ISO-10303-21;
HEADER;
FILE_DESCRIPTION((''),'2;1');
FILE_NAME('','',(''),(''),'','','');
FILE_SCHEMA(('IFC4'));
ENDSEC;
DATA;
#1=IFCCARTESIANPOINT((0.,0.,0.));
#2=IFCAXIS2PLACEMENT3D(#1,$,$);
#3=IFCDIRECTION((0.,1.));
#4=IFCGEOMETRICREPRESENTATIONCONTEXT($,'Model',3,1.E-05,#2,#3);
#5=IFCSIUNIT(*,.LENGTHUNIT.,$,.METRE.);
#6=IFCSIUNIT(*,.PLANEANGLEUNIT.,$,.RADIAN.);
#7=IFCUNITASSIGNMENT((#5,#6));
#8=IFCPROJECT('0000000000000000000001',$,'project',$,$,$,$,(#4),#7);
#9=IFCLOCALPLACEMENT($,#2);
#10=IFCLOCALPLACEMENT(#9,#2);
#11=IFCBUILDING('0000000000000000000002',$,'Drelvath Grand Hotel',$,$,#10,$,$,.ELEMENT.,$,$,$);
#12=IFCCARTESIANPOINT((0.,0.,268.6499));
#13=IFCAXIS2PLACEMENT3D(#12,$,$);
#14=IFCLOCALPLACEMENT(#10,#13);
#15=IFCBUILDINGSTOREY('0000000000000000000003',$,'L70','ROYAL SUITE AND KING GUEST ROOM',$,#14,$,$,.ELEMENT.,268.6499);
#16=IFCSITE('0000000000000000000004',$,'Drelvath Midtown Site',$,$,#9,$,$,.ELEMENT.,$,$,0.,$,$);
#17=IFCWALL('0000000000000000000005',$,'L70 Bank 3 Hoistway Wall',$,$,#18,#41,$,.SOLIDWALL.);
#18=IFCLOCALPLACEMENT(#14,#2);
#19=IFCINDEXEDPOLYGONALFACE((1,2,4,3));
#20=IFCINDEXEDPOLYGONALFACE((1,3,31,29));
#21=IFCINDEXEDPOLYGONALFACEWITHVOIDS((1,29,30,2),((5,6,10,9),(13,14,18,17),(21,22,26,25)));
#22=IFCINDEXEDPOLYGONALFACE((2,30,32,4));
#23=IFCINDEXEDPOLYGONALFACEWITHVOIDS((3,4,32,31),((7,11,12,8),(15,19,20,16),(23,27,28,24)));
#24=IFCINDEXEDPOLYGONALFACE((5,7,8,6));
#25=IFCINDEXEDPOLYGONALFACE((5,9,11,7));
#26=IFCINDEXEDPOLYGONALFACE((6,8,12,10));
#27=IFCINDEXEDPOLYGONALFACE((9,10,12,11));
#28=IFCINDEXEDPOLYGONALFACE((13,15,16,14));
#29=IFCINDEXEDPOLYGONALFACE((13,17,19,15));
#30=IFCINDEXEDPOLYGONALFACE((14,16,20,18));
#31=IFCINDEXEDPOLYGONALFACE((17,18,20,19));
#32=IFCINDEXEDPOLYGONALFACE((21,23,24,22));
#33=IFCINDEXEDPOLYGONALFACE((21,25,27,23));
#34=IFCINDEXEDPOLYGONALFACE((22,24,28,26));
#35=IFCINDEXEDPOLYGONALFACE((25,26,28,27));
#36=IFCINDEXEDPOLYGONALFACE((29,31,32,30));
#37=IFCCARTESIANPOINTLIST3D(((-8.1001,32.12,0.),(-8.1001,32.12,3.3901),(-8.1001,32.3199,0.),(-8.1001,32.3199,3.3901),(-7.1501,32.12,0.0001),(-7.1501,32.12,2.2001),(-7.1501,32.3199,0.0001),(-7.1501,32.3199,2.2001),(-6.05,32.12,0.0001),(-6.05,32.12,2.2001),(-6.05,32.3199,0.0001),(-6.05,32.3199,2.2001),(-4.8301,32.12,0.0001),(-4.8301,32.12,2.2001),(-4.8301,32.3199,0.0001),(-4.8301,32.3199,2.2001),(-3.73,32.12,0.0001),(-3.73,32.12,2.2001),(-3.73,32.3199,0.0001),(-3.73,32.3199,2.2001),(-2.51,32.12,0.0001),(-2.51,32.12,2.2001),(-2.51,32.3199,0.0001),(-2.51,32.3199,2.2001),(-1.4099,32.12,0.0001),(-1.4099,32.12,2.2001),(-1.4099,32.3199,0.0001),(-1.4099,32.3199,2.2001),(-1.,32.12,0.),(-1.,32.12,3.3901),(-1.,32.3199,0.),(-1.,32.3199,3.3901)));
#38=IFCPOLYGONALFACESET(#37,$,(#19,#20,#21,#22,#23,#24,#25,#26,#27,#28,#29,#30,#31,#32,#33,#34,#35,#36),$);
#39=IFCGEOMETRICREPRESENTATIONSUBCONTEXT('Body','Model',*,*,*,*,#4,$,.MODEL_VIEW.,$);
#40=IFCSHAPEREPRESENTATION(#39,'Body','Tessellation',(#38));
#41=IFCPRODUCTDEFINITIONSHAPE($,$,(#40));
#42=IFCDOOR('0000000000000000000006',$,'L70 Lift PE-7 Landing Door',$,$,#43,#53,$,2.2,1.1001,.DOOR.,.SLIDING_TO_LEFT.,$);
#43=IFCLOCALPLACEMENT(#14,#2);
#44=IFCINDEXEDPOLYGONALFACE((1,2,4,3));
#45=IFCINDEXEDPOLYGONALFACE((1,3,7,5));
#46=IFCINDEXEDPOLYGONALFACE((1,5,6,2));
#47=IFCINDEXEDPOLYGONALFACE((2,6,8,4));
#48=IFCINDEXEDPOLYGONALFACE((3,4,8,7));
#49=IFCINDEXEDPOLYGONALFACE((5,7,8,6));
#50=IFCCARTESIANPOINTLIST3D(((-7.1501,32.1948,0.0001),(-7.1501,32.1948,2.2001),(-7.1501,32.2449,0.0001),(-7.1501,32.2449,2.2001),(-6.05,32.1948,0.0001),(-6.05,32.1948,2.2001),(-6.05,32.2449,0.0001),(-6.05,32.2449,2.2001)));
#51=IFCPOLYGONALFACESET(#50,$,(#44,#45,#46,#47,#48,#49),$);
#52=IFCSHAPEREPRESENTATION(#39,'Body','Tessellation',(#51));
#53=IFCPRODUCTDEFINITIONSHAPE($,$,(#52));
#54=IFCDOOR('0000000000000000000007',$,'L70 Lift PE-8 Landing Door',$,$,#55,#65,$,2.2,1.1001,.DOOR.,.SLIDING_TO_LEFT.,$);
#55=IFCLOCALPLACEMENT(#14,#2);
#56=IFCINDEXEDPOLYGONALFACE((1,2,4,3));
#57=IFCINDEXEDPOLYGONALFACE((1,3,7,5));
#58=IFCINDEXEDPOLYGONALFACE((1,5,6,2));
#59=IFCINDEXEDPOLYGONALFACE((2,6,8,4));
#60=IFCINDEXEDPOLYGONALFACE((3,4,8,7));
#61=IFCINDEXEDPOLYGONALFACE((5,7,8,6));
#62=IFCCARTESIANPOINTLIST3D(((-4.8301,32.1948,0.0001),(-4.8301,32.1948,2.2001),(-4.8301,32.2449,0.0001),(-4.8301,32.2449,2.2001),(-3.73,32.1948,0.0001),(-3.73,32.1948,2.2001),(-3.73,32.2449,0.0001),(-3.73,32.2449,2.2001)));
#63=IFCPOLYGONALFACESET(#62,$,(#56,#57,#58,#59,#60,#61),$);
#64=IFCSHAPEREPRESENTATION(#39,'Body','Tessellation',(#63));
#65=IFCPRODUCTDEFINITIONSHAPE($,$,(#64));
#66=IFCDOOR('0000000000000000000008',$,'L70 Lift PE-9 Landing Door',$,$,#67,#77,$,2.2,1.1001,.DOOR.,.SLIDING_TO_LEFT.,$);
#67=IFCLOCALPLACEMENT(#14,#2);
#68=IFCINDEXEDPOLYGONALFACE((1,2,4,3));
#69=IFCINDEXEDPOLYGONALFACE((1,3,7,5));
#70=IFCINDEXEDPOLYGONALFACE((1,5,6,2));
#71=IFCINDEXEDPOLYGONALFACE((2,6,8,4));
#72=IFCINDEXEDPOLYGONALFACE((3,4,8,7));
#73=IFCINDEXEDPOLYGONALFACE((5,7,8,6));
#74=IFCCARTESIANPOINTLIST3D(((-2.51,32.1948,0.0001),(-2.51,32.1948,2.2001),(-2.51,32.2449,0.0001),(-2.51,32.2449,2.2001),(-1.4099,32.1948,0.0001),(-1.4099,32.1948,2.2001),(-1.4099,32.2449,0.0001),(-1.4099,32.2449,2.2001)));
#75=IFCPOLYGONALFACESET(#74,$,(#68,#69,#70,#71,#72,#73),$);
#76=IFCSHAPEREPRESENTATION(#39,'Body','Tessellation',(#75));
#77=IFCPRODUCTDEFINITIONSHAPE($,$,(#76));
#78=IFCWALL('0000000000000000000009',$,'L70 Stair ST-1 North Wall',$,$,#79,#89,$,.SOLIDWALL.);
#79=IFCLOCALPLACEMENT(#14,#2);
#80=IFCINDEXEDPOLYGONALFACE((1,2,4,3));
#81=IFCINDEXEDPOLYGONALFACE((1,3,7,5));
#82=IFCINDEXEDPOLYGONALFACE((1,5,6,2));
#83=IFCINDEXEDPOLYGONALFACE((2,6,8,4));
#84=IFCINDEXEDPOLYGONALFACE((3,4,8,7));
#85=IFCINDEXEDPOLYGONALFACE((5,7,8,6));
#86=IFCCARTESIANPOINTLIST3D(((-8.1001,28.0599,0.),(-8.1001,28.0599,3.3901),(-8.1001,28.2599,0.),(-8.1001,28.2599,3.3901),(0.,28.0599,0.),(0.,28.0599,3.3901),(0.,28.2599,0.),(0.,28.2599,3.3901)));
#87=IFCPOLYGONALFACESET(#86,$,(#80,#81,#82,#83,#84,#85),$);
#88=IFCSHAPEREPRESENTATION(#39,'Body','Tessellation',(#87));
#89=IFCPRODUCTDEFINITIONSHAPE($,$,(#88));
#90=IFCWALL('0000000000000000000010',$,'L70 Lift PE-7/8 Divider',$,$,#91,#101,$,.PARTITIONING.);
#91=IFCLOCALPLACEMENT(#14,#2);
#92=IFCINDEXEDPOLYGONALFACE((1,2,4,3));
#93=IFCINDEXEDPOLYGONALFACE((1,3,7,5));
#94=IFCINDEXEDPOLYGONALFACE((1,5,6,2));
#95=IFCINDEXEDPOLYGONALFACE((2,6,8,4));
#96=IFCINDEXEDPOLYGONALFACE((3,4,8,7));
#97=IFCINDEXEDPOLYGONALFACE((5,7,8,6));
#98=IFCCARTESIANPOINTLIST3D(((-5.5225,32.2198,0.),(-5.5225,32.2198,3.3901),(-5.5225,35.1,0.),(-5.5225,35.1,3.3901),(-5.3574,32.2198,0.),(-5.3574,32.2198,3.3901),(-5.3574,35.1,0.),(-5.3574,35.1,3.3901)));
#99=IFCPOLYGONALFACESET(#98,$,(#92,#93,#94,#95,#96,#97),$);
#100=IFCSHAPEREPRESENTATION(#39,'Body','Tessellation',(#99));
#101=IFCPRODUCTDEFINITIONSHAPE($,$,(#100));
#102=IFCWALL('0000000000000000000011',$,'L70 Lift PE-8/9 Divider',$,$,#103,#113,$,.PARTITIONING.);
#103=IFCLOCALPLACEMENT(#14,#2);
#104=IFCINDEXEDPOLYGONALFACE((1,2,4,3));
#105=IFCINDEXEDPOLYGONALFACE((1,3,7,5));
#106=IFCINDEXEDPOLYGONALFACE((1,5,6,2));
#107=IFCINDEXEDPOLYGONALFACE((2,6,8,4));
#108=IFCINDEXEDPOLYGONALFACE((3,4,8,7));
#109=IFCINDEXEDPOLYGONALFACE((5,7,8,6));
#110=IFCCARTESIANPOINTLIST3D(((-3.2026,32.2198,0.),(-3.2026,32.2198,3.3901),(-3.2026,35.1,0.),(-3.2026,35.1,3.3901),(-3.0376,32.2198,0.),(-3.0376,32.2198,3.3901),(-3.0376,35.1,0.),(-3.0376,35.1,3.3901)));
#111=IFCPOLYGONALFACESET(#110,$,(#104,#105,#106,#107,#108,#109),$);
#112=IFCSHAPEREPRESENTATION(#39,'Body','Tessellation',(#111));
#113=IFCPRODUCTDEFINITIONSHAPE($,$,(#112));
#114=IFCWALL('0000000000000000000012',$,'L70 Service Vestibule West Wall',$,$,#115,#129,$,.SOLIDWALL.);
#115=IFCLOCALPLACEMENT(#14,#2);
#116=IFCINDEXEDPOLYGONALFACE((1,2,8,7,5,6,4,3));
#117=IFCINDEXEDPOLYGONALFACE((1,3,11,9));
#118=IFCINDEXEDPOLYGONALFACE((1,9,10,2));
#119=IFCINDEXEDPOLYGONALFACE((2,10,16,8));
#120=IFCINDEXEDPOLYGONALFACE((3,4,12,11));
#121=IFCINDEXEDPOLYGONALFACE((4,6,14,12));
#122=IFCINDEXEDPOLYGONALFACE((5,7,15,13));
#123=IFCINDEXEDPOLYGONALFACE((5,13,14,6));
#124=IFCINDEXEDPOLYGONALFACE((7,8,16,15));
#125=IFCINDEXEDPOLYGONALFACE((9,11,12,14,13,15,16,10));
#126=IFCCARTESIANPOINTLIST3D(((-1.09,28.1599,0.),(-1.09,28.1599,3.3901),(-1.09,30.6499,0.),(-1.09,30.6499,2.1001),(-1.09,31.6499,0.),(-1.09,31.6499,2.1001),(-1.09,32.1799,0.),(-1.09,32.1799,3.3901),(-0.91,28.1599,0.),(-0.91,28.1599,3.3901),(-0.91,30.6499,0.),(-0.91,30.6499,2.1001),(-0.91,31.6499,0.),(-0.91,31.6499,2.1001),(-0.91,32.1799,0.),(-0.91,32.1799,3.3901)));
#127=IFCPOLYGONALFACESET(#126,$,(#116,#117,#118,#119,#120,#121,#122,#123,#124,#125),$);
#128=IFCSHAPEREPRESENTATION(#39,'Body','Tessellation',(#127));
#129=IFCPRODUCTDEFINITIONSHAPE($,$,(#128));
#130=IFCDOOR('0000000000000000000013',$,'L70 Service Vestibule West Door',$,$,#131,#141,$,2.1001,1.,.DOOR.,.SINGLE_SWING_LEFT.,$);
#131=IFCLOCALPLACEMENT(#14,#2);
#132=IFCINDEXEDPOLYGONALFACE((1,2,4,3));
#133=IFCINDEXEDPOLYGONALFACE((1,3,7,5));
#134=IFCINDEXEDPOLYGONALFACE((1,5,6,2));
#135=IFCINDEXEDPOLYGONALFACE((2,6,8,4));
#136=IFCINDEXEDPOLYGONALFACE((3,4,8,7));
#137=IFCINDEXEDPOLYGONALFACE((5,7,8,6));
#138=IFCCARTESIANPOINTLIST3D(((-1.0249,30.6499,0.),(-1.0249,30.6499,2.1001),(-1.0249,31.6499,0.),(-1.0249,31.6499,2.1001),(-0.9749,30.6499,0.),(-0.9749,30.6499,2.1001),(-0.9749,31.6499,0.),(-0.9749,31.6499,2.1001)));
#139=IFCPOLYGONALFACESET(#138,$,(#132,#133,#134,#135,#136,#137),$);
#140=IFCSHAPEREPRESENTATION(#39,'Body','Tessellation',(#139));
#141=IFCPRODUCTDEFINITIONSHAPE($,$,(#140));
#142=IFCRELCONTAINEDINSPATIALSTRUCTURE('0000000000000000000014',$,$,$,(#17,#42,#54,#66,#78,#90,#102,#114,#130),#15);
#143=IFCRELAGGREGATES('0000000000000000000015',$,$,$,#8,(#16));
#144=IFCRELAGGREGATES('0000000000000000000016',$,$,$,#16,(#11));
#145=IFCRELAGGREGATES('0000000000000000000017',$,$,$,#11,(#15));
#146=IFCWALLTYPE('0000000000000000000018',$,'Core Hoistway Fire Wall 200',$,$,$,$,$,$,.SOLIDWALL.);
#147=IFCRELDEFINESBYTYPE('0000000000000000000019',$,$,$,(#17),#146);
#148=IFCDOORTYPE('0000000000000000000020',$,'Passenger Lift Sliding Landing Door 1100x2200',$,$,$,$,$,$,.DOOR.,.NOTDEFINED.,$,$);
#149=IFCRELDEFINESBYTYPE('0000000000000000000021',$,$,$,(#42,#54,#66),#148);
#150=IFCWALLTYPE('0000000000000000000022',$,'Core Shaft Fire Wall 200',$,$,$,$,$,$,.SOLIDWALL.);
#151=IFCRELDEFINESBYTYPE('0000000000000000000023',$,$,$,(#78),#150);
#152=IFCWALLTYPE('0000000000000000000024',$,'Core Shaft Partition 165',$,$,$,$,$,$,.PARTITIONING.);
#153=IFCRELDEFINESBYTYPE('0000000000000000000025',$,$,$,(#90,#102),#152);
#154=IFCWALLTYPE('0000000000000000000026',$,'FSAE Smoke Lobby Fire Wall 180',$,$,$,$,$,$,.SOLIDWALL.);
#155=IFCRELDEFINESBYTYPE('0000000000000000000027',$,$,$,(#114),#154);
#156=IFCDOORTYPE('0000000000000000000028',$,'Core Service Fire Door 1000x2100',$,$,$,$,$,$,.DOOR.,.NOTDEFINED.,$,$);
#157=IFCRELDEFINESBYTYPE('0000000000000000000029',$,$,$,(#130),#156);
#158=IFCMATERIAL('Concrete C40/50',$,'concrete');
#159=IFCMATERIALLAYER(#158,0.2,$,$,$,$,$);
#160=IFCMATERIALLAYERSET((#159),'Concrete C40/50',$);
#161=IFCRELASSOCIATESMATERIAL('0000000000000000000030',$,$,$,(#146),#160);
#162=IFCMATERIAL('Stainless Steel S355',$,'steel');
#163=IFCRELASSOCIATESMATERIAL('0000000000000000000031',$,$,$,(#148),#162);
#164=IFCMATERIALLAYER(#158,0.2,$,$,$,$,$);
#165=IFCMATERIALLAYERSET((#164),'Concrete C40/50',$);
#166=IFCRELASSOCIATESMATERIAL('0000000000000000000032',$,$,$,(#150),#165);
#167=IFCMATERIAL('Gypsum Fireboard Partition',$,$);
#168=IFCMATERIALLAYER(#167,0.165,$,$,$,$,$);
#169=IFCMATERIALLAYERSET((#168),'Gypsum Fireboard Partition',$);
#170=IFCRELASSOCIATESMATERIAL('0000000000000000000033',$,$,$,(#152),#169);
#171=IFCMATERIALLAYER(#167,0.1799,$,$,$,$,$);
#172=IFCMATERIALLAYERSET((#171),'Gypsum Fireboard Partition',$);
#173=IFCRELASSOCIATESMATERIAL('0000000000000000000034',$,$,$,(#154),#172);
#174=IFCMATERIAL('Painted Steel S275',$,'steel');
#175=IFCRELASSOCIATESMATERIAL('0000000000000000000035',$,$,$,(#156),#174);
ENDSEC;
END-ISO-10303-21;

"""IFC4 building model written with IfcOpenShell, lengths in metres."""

from ifc_helpers import new_model, si_unit, direction, frame, frame_2d, origin, place, context, subcontext, project, spatial, rectangle, extrude, material, layer, layer_set, type_object, element, fill, save


model = new_model("IFC4")

# Units and contexts
model_context = context("Model", 3, precision=1e-05, world=origin(), true_north=direction((0.0, 1.0)))
body_context = subcontext(model_context, "Body", "Model", "MODEL_VIEW")
ifc_project = project(units=[si_unit("LENGTHUNIT", "METRE"), si_unit("PLANEANGLEUNIT", "RADIAN")], contexts=[model_context])

# Site, building, storey
site_placement = place(None, origin())
site = spatial("IfcSite", under=ifc_project, at=site_placement, Name="Drelvath Midtown Site", CompositionType="ELEMENT", RefElevation=0.0)
building_placement = place(site_placement, origin())
building = spatial("IfcBuilding", under=site, at=building_placement, Name="Drelvath Grand Hotel", CompositionType="ELEMENT")
storey_placement = place(building_placement, frame((0.0, 0.0, 268.6499)))
storey = spatial("IfcBuildingStorey", under=building, at=storey_placement, Name="L70", Description="ROYAL SUITE AND KING GUEST ROOM", CompositionType="ELEMENT", Elevation=268.6499)

# Shared definitions
ifc_material_1 = material(Name="Painted Steel S275", Category="steel")

# Shared definitions
ifc_material_2 = material(Name="Concrete C40/50", Category="concrete")
ifc_layer_1 = layer(ifc_material_2, 0.2)
ifc_layer_set_1 = layer_set([ifc_layer_1], Name="Concrete C40/50")
wall_type_1 = type_object("IfcWallType", Name="Core Hoistway Fire Wall 200", PredefinedType="SOLIDWALL", material=ifc_layer_set_1)
ifc_material_3 = material(Name="Stainless Steel S355", Category="steel")

# Wall, openings, doors
wall_1_placement = place(storey_placement, frame((-8.1001, 32.22, 0.0), z_axis=(0.0, 0.0, 1.0), x_axis=(1.0, 0.0, 0.0)))
wall_1 = element("IfcWall", 1, at=wall_1_placement, inside=storey, type_object=wall_type_1, Name="L70 Bank 3 Hoistway Wall", PredefinedType="SOLIDWALL", context=body_context, shape_type="SweptSolid", body=[
    extrude(rectangle(XDim=7.1001, YDim=0.2, at=frame_2d((3.55, 0.0))), origin(), (0.0, 0.0, 1.0), 3.3901),
])
opening_1_placement = place(wall_1_placement, frame((0.95, 0.0, 0.0)))
opening_1 = element("IfcOpeningElement", 2, at=opening_1_placement, cuts=wall_1, PredefinedType="OPENING", context=body_context, shape_type="SweptSolid", body=[
    extrude(rectangle(XDim=1.1001, YDim=2.2, at=frame_2d((0.55, 1.1001))), frame((0.0, 0.1099, 0.0), z_axis=(0.0, -1.0, 0.0), x_axis=(1.0, 0.0, 0.0)), (0.0, 0.0, 1.0), 0.22),
])
opening_2_placement = place(wall_1_placement, frame((3.27, 0.0, 0.0)))
opening_2 = element("IfcOpeningElement", 3, at=opening_2_placement, cuts=wall_1, PredefinedType="OPENING", context=body_context, shape_type="SweptSolid", body=[
    extrude(rectangle(XDim=1.1001, YDim=2.2, at=frame_2d((0.55, 1.1001))), frame((0.0, 0.1099, 0.0), z_axis=(0.0, -1.0, 0.0), x_axis=(1.0, 0.0, 0.0)), (0.0, 0.0, 1.0), 0.22),
])
opening_3_placement = place(wall_1_placement, frame((5.5901, 0.0, 0.0)))
opening_3 = element("IfcOpeningElement", 4, at=opening_3_placement, cuts=wall_1, PredefinedType="OPENING", context=body_context, shape_type="SweptSolid", body=[
    extrude(rectangle(XDim=1.1001, YDim=2.2, at=frame_2d((0.55, 1.1001))), frame((0.0, 0.1099, 0.0), z_axis=(0.0, -1.0, 0.0), x_axis=(1.0, 0.0, 0.0)), (0.0, 0.0, 1.0), 0.22),
])
door_type_1 = type_object("IfcDoorType", Name="Passenger Lift Sliding Landing Door 1100x2200", OperationType="NOTDEFINED", PredefinedType="DOOR", material=ifc_material_3)
door_1_placement = place(opening_1_placement, origin())
door_1 = element("IfcDoor", 5, at=door_1_placement, inside=storey, type_object=door_type_1, Name="L70 Lift PE-7 Landing Door", OperationType="SLIDING_TO_LEFT", OverallHeight=2.2, OverallWidth=1.1001, PredefinedType="DOOR", context=body_context, shape_type="SweptSolid", body=[
    extrude(rectangle(XDim=1.1001, YDim=2.2, at=frame_2d((0.55, 1.1001))), frame((0.0, 0.0249, 0.0), z_axis=(0.0, -1.0, 0.0), x_axis=(1.0, 0.0, 0.0)), (0.0, 0.0, 1.0), 0.05),
])
fill(opening_1, door_1)
door_2_placement = place(opening_2_placement, origin())
door_2 = element("IfcDoor", 6, at=door_2_placement, inside=storey, type_object=door_type_1, Name="L70 Lift PE-8 Landing Door", OperationType="SLIDING_TO_LEFT", OverallHeight=2.2, OverallWidth=1.1001, PredefinedType="DOOR", context=body_context, shape_type="SweptSolid", body=[
    extrude(rectangle(XDim=1.1001, YDim=2.2, at=frame_2d((0.55, 1.1001))), frame((0.0, 0.0249, 0.0), z_axis=(0.0, -1.0, 0.0), x_axis=(1.0, 0.0, 0.0)), (0.0, 0.0, 1.0), 0.05),
])
fill(opening_2, door_2)
door_3_placement = place(opening_3_placement, origin())
door_3 = element("IfcDoor", 7, at=door_3_placement, inside=storey, type_object=door_type_1, Name="L70 Lift PE-9 Landing Door", OperationType="SLIDING_TO_LEFT", OverallHeight=2.2, OverallWidth=1.1001, PredefinedType="DOOR", context=body_context, shape_type="SweptSolid", body=[
    extrude(rectangle(XDim=1.1001, YDim=2.2, at=frame_2d((0.55, 1.1001))), frame((0.0, 0.0249, 0.0), z_axis=(0.0, -1.0, 0.0), x_axis=(1.0, 0.0, 0.0)), (0.0, 0.0, 1.0), 0.05),
])
fill(opening_3, door_3)

# Walls
ifc_layer_2 = layer(ifc_material_2, 0.2)
ifc_layer_set_2 = layer_set([ifc_layer_2], Name="Concrete C40/50")
wall_type_2 = type_object("IfcWallType", Name="Core Shaft Fire Wall 200", PredefinedType="SOLIDWALL", material=ifc_layer_set_2)
wall_2_placement = place(storey_placement, frame((-8.1001, 28.1599, 0.0), z_axis=(0.0, 0.0, 1.0), x_axis=(1.0, 0.0, 0.0)))
element("IfcWall", 8, at=wall_2_placement, inside=storey, type_object=wall_type_2, Name="L70 Stair ST-1 North Wall", PredefinedType="SOLIDWALL", context=body_context, shape_type="SweptSolid", body=[
    extrude(rectangle(XDim=8.1001, YDim=0.2, at=frame_2d((4.05, 0.0))), origin(), (0.0, 0.0, 1.0), 3.3901),
])
ifc_material_4 = material(Name="Gypsum Fireboard Partition")
ifc_layer_3 = layer(ifc_material_4, 0.165)
ifc_layer_set_3 = layer_set([ifc_layer_3], Name="Gypsum Fireboard Partition")
wall_type_3 = type_object("IfcWallType", Name="Core Shaft Partition 165", PredefinedType="PARTITIONING", material=ifc_layer_set_3)
for number, where, z_axis, x_axis, name in (
    (9, (-5.4399, 32.22, 0.0), (0.0, 0.0, 1.0), (0.0, 1.0, 0.0), "L70 Lift PE-7/8 Divider"),
    (10, (-3.1201, 32.22, 0.0), (0.0, 0.0, 1.0), (0.0, 1.0, 0.0), "L70 Lift PE-8/9 Divider"),
):
    element("IfcWall", number, at=place(storey_placement, frame(where, z_axis=z_axis, x_axis=x_axis)), inside=storey, type_object=wall_type_3, Name=name, PredefinedType="PARTITIONING", context=body_context, shape_type="SweptSolid", body=[
        extrude(rectangle(XDim=2.8801, YDim=0.165, at=frame_2d((1.4399, 0.0))), origin(), (0.0, 0.0, 1.0), 3.3901),
    ])

# Wall, opening, door
ifc_layer_4 = layer(ifc_material_4, 0.1799)
ifc_layer_set_4 = layer_set([ifc_layer_4], Name="Gypsum Fireboard Partition")
wall_type_4 = type_object("IfcWallType", Name="FSAE Smoke Lobby Fire Wall 180", PredefinedType="SOLIDWALL", material=ifc_layer_set_4)
wall_3_placement = place(storey_placement, frame((-1.0, 28.1599, 0.0), z_axis=(0.0, 0.0, 1.0), x_axis=(0.0, 1.0, 0.0)))
wall_3 = element("IfcWall", 11, at=wall_3_placement, inside=storey, type_object=wall_type_4, Name="L70 Service Vestibule West Wall", PredefinedType="SOLIDWALL", context=body_context, shape_type="SweptSolid", body=[
    extrude(rectangle(XDim=4.02, YDim=0.1799, at=frame_2d((2.01, 0.0))), origin(), (0.0, 0.0, 1.0), 3.3901),
])
opening_4_placement = place(wall_3_placement, frame((2.49, 0.0, 0.0)))
opening_4 = element("IfcOpeningElement", 12, at=opening_4_placement, cuts=wall_3, PredefinedType="OPENING", context=body_context, shape_type="SweptSolid", body=[
    extrude(rectangle(XDim=1.0, YDim=2.1001, at=frame_2d((0.5, 1.05))), frame((0.0, 0.0999, 0.0), z_axis=(0.0, -1.0, 0.0), x_axis=(1.0, 0.0, 0.0)), (0.0, 0.0, 1.0), 0.2),
])
door_type_2 = type_object("IfcDoorType", Name="Core Service Fire Door 1000x2100", OperationType="NOTDEFINED", PredefinedType="DOOR", material=ifc_material_1)
door_4_placement = place(opening_4_placement, origin())
door_4 = element("IfcDoor", 13, at=door_4_placement, inside=storey, type_object=door_type_2, Name="L70 Service Vestibule West Door", OperationType="SINGLE_SWING_LEFT", OverallHeight=2.1001, OverallWidth=1.0, PredefinedType="DOOR", context=body_context, shape_type="SweptSolid", body=[
    extrude(rectangle(XDim=1.0, YDim=2.1001, at=frame_2d((0.5, 1.05))), frame((0.0, 0.0249, 0.0), z_axis=(0.0, -1.0, 0.0), x_axis=(1.0, 0.0, 0.0)), (0.0, 0.0, 1.0), 0.05),
])
fill(opening_4, door_4)

save(model, "model.ifc")
